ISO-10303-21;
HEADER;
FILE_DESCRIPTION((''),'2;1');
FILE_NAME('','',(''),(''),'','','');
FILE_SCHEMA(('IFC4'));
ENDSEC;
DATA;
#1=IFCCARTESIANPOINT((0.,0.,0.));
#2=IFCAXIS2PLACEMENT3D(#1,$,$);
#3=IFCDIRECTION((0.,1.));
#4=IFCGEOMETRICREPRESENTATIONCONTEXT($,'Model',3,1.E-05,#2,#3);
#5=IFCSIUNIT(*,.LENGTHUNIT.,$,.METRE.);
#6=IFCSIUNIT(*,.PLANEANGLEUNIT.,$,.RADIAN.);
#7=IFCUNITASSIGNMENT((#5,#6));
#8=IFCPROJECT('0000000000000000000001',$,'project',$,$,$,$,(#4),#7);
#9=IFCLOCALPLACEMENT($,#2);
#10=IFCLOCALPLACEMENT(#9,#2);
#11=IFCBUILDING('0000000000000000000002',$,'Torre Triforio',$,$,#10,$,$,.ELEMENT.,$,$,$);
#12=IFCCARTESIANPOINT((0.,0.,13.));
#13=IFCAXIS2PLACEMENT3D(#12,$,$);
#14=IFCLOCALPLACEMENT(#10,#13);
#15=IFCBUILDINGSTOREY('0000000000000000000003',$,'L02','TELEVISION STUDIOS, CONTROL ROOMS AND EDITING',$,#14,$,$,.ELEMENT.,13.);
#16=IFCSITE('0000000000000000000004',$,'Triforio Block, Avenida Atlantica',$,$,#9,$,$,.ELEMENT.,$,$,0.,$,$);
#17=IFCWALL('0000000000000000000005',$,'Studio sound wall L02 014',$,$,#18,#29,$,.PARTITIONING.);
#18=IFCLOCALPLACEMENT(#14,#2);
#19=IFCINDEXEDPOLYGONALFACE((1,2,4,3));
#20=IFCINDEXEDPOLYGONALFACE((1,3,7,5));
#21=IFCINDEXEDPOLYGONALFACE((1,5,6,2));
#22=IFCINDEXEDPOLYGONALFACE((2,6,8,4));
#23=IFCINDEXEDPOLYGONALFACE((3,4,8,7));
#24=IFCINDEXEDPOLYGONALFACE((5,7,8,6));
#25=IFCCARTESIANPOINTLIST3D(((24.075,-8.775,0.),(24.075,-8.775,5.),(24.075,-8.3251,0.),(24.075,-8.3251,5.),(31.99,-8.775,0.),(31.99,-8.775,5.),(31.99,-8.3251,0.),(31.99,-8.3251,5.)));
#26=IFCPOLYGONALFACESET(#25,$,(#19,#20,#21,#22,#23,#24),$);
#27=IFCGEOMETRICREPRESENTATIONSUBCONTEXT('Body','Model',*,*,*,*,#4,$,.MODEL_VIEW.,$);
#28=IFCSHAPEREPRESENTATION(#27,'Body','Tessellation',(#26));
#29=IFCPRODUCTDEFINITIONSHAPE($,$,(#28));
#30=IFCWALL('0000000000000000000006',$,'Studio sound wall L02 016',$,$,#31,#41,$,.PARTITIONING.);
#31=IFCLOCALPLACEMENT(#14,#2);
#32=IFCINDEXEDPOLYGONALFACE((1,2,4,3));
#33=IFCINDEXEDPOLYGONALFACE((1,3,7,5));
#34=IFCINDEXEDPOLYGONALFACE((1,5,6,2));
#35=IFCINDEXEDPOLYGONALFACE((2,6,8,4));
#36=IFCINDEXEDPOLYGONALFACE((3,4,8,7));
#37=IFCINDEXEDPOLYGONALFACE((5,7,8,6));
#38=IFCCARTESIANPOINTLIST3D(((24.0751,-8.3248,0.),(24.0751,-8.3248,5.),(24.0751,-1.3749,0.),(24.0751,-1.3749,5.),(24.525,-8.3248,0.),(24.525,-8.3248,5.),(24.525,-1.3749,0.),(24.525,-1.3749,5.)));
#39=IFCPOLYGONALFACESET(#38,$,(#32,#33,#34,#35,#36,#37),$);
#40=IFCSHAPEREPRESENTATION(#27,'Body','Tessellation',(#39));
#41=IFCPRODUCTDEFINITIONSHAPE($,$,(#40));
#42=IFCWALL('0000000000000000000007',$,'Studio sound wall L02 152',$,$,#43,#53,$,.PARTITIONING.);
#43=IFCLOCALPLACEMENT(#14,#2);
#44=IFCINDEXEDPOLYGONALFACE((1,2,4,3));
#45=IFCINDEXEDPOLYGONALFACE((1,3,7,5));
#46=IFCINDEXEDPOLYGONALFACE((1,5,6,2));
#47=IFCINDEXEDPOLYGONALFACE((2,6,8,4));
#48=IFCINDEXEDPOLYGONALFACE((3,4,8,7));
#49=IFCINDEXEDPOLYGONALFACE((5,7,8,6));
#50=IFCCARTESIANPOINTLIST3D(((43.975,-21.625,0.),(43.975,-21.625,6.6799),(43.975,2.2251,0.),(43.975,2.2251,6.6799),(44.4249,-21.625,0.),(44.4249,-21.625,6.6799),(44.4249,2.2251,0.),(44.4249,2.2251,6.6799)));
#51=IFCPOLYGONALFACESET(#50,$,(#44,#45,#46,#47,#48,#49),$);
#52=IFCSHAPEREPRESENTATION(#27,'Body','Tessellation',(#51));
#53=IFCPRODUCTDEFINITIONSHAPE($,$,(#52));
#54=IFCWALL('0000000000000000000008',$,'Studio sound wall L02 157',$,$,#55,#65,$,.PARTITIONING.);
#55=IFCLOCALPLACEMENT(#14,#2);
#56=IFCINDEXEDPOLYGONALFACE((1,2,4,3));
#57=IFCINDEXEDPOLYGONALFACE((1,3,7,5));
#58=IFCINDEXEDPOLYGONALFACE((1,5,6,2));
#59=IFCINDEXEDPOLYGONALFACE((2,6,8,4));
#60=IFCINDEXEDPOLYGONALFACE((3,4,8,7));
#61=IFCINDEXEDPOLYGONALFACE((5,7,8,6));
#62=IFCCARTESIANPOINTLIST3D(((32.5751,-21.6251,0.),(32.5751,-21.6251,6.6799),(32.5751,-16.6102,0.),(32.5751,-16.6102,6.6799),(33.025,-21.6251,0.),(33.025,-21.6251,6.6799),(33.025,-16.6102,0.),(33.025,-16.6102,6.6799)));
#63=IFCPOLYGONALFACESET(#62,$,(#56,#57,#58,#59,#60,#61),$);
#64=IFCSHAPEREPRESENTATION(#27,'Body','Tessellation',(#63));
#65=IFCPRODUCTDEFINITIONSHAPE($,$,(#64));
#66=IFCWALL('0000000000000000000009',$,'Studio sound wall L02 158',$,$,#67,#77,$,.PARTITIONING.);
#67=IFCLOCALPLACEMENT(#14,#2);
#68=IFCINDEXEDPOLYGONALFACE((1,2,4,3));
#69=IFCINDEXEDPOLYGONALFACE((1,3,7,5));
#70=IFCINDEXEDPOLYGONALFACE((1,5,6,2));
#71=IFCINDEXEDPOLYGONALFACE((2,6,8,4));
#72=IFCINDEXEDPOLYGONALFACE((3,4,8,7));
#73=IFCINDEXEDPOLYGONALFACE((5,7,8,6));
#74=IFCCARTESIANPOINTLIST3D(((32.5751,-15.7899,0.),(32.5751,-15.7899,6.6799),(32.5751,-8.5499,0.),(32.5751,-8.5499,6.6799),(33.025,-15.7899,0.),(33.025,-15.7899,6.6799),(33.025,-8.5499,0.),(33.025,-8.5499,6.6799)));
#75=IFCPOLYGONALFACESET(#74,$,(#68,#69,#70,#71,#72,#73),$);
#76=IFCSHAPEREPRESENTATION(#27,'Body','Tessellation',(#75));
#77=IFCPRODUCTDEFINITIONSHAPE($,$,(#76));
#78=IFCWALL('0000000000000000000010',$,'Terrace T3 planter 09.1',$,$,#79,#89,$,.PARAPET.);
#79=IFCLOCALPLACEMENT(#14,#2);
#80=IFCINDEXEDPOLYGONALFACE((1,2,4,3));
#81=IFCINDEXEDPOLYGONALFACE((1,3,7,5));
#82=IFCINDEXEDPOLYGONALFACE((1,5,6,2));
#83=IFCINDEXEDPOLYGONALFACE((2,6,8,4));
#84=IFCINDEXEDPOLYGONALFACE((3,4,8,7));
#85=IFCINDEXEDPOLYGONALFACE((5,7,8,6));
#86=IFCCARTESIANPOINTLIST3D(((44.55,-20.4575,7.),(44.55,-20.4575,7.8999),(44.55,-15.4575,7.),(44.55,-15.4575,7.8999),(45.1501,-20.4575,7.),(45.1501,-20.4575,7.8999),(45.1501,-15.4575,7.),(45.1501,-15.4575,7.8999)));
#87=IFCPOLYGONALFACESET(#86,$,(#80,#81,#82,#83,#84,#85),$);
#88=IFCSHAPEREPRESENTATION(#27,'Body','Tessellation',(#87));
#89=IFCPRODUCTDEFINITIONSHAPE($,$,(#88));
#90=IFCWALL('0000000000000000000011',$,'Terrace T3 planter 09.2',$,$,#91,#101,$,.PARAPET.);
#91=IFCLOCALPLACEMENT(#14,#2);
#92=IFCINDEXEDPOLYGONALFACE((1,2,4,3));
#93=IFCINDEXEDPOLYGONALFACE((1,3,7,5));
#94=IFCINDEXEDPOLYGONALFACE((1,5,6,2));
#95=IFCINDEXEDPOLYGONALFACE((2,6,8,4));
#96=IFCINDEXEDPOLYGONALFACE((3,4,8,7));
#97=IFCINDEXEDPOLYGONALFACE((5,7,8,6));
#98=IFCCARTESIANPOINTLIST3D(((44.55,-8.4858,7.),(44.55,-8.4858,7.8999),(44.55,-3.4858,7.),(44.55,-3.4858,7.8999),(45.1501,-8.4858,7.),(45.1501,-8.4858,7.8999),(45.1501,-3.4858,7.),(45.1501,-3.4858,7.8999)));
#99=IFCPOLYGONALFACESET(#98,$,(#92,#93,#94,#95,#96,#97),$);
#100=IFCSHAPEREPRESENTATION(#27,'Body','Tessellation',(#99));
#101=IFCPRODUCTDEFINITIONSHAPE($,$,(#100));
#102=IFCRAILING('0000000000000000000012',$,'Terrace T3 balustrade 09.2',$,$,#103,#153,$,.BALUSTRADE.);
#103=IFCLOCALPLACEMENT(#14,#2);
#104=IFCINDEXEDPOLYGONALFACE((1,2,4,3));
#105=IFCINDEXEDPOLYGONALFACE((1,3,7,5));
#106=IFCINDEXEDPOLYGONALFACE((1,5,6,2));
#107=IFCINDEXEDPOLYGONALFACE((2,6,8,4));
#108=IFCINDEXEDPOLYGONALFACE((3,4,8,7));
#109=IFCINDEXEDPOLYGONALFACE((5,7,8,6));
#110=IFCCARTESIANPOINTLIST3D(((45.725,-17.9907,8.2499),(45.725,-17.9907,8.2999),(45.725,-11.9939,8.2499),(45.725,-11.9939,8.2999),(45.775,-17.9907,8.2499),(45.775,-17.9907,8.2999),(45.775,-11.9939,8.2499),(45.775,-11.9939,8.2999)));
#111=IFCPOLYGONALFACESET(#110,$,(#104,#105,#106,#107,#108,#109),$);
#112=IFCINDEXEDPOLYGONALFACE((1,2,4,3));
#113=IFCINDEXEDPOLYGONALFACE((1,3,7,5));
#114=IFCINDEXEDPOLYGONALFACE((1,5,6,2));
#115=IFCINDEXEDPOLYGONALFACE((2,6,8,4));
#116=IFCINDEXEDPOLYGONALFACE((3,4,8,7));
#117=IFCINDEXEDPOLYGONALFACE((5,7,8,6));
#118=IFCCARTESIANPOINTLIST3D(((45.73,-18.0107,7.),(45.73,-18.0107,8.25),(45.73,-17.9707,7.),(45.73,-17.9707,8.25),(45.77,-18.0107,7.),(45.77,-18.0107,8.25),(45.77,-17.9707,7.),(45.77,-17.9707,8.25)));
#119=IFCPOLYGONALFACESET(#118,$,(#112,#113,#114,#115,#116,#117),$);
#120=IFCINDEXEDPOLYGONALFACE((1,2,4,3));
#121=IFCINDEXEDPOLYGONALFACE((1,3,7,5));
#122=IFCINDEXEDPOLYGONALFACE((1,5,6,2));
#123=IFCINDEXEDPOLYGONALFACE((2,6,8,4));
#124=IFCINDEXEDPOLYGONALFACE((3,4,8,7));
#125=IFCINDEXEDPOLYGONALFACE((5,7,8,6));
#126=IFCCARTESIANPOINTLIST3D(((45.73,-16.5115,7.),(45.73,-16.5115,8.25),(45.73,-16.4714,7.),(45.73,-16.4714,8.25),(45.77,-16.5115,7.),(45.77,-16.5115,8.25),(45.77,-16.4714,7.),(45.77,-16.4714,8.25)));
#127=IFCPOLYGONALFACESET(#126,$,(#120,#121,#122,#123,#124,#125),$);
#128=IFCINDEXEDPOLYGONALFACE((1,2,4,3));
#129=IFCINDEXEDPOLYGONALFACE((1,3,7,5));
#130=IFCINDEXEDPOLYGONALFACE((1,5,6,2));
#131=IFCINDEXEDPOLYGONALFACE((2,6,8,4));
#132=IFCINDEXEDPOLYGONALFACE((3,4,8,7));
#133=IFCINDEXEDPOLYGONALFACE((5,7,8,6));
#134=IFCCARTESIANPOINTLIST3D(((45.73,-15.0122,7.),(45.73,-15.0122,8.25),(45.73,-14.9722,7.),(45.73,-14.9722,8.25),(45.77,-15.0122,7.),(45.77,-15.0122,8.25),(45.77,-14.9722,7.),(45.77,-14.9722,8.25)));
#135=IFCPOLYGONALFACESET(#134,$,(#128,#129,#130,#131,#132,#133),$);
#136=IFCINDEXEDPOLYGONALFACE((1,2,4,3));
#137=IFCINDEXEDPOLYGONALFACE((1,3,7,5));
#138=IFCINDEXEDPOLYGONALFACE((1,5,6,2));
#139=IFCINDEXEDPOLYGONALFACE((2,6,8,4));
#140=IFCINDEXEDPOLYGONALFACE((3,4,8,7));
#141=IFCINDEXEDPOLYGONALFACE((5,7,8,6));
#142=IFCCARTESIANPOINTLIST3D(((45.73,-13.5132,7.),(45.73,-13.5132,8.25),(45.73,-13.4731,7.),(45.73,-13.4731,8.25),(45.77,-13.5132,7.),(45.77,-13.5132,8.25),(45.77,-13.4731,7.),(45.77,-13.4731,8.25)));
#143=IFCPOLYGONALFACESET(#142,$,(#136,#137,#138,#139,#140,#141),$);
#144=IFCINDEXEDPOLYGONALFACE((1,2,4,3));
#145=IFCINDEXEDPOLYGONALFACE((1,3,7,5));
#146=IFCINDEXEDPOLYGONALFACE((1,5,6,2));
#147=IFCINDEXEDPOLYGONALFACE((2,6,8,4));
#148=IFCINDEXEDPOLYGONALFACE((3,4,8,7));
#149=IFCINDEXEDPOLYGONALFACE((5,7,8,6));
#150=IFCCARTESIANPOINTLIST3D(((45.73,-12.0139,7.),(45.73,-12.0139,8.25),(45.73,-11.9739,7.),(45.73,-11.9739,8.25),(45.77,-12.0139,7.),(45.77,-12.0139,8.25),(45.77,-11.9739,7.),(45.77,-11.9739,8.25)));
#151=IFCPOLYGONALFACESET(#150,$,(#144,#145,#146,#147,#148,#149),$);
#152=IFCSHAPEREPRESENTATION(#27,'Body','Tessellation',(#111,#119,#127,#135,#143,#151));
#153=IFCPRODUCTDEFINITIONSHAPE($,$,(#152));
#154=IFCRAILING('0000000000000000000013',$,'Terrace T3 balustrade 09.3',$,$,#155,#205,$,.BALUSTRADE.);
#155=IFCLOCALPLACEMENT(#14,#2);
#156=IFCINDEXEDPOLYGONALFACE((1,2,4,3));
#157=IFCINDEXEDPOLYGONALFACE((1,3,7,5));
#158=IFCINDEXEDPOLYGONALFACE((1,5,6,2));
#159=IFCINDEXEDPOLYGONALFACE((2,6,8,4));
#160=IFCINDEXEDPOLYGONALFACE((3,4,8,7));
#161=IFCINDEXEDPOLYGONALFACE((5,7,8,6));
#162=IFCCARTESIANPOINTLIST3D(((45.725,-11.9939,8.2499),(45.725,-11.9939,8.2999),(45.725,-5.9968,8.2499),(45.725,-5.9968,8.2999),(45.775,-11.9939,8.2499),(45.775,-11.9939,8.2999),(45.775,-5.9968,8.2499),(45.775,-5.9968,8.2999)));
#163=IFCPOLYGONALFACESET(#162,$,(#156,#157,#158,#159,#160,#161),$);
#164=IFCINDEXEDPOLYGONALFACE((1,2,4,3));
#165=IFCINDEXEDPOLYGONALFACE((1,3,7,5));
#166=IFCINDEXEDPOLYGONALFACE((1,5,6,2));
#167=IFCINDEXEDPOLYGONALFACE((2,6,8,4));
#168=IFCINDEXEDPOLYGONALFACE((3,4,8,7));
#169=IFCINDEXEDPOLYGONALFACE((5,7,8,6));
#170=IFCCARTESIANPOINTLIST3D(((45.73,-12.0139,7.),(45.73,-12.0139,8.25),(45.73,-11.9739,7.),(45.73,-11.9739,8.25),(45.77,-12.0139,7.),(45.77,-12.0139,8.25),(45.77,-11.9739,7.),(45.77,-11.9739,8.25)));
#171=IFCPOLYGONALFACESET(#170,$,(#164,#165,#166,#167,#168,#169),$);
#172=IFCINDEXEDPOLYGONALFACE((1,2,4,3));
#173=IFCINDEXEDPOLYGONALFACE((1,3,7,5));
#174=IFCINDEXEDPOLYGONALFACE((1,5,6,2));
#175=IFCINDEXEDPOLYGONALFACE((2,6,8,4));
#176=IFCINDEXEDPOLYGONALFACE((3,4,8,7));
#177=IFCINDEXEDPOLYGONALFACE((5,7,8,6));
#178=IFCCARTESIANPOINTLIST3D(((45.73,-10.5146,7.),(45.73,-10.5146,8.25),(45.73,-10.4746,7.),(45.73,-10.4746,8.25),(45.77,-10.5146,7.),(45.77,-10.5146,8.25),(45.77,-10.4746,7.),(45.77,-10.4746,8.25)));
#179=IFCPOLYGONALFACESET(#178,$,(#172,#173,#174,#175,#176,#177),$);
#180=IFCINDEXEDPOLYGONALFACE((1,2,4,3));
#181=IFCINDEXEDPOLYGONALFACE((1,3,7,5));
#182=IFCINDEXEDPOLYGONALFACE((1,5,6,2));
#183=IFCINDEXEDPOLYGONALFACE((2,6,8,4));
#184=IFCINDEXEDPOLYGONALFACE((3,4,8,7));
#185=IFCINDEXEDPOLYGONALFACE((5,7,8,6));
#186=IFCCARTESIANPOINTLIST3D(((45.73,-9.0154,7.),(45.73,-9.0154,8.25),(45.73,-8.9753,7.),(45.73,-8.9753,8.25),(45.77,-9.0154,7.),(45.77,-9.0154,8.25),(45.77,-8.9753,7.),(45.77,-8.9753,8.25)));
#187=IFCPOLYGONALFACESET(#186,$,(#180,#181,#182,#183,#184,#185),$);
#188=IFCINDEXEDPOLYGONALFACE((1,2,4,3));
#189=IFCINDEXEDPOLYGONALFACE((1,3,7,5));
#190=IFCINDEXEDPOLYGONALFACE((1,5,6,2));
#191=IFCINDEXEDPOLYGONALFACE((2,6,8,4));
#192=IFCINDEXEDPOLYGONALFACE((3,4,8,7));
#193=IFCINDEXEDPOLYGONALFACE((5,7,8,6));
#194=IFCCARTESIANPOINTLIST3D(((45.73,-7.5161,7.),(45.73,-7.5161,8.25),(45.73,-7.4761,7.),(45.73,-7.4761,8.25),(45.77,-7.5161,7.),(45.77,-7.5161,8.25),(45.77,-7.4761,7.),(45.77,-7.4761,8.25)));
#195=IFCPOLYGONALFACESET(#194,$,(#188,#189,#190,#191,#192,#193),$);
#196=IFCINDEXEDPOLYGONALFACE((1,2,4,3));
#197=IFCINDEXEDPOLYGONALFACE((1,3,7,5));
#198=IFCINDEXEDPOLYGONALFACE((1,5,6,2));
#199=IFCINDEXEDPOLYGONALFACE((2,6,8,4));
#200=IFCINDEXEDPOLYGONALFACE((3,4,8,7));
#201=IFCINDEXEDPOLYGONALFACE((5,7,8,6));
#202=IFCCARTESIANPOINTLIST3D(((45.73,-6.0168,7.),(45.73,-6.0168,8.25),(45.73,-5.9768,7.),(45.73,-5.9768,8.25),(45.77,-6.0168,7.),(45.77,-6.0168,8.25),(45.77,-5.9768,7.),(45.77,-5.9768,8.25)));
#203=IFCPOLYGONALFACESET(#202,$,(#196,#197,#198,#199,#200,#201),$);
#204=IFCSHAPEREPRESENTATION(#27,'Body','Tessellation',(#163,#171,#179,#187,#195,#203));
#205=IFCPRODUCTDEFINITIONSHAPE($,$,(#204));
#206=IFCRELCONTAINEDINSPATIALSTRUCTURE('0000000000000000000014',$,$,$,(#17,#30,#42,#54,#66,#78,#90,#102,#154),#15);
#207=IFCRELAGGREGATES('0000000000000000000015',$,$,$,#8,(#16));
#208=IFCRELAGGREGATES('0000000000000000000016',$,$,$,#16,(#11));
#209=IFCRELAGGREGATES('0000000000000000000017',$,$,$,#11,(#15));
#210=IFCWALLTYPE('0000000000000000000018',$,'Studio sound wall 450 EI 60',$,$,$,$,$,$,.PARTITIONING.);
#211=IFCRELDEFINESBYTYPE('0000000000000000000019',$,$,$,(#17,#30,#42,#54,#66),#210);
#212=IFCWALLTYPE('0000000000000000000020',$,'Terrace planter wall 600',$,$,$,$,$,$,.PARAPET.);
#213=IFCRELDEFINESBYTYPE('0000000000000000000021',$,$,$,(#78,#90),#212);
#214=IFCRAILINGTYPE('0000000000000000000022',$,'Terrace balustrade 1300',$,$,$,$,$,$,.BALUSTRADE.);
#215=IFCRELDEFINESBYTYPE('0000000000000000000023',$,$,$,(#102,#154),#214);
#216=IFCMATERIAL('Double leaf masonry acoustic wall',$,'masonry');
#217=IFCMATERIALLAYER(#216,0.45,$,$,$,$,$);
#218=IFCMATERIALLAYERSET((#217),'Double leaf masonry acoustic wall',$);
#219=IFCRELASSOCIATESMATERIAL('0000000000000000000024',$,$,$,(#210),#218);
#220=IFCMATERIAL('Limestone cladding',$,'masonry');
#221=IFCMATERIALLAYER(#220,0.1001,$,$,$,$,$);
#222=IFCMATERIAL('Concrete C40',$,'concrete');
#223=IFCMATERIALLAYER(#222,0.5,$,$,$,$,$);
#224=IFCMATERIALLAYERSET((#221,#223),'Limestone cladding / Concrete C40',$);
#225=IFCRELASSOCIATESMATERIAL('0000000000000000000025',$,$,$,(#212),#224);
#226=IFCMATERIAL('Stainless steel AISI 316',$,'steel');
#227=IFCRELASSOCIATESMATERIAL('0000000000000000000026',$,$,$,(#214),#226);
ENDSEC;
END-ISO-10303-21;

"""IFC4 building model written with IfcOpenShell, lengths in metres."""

from ifc_helpers import new_model, si_unit, direction, frame, frame_2d, origin, origin_2d, place, context, subcontext, project, spatial, rectangle, extrude, material, layer, layer_set, type_object, element, save


model = new_model("IFC4")

# Units and contexts
model_context = context("Model", 3, precision=1e-05, world=origin(), true_north=direction((0.0, 1.0)))
body_context = subcontext(model_context, "Body", "Model", "MODEL_VIEW")
ifc_project = project(units=[si_unit("LENGTHUNIT", "METRE"), si_unit("PLANEANGLEUNIT", "RADIAN")], contexts=[model_context])

# Site, building, storey
site_placement = place(None, origin())
site = spatial("IfcSite", under=ifc_project, at=site_placement, Name="Triforio Block, Avenida Atlantica", CompositionType="ELEMENT", RefElevation=0.0)
building_placement = place(site_placement, origin())
building = spatial("IfcBuilding", under=site, at=building_placement, Name="Torre Triforio", CompositionType="ELEMENT")
storey_placement = place(building_placement, frame((0.0, 0.0, 13.0)))
storey = spatial("IfcBuildingStorey", under=building, at=storey_placement, Name="L02", Description="TELEVISION STUDIOS, CONTROL ROOMS AND EDITING", CompositionType="ELEMENT", Elevation=13.0)

# Shared definitions
ifc_material_1 = material(Name="Limestone cladding", Category="masonry")
ifc_material_2 = material(Name="Concrete C40", Category="concrete")

# Walls
ifc_material_3 = material(Name="Double leaf masonry acoustic wall", Category="masonry")
ifc_layer_1 = layer(ifc_material_3, 0.45)
ifc_layer_set_1 = layer_set([ifc_layer_1], Name="Double leaf masonry acoustic wall")
wall_type_1 = type_object("IfcWallType", Name="Studio sound wall 450 EI 60", PredefinedType="PARTITIONING", material=ifc_layer_set_1)
wall_1_placement = place(storey_placement, frame((24.075, -8.55, 0.0), z_axis=(0.0, 0.0, 1.0), x_axis=(1.0, 0.0, 0.0)))
element("IfcWall", 1, at=wall_1_placement, inside=storey, type_object=wall_type_1, Name="Studio sound wall L02 014", PredefinedType="PARTITIONING", context=body_context, shape_type="SweptSolid", body=[
    extrude(rectangle(XDim=7.915, YDim=0.45, at=frame_2d((3.9575, 0.0))), origin(), (0.0, 0.0, 1.0), 5.0),
])
wall_2_placement = place(storey_placement, frame((24.3, -8.325, 0.0), z_axis=(0.0, 0.0, 1.0), x_axis=(0.0, 1.0, 0.0)))
element("IfcWall", 2, at=wall_2_placement, inside=storey, type_object=wall_type_1, Name="Studio sound wall L02 016", PredefinedType="PARTITIONING", context=body_context, shape_type="SweptSolid", body=[
    extrude(rectangle(XDim=6.95, YDim=0.45, at=frame_2d((3.4751, 0.0))), origin(), (0.0, 0.0, 1.0), 5.0),
])
wall_3_placement = place(storey_placement, frame((44.2, -21.625, 0.0), z_axis=(0.0, 0.0, 1.0), x_axis=(0.0, 1.0, 0.0)))
element("IfcWall", 3, at=wall_3_placement, inside=storey, type_object=wall_type_1, Name="Studio sound wall L02 152", PredefinedType="PARTITIONING", context=body_context, shape_type="SweptSolid", body=[
    extrude(rectangle(XDim=23.8501, YDim=0.45, at=frame_2d((11.925, 0.0))), origin(), (0.0, 0.0, 1.0), 6.6799),
])
wall_4_placement = place(storey_placement, frame((32.8, -21.625, 0.0), z_axis=(0.0, 0.0, 1.0), x_axis=(0.0, 1.0, 0.0)))
element("IfcWall", 4, at=wall_4_placement, inside=storey, type_object=wall_type_1, Name="Studio sound wall L02 157", PredefinedType="PARTITIONING", context=body_context, shape_type="SweptSolid", body=[
    extrude(rectangle(XDim=5.0149, YDim=0.45, at=frame_2d((2.5073, 0.0))), origin(), (0.0, 0.0, 1.0), 6.6799),
])
wall_5_placement = place(storey_placement, frame((32.8, -15.79, 0.0), z_axis=(0.0, 0.0, 1.0), x_axis=(0.0, 1.0, 0.0)))
element("IfcWall", 5, at=wall_5_placement, inside=storey, type_object=wall_type_1, Name="Studio sound wall L02 158", PredefinedType="PARTITIONING", context=body_context, shape_type="SweptSolid", body=[
    extrude(rectangle(XDim=7.24, YDim=0.45, at=frame_2d((3.6201, 0.0))), origin(), (0.0, 0.0, 1.0), 6.6799),
])
ifc_layer_2 = layer(ifc_material_1, 0.1001)
ifc_layer_3 = layer(ifc_material_2, 0.5)
ifc_layer_set_2 = layer_set([ifc_layer_2, ifc_layer_3], Name="Limestone cladding / Concrete C40")
wall_type_2 = type_object("IfcWallType", Name="Terrace planter wall 600", PredefinedType="PARAPET", material=ifc_layer_set_2)
for number, where, z_axis, x_axis, name in (
    (6, (44.8501, -20.4575, 7.0), (0.0, 0.0, 1.0), (0.0, 1.0, 0.0), "Terrace T3 planter 09.1"),
    (7, (44.8501, -8.4858, 7.0), (0.0, 0.0, 1.0), (0.0, 1.0, 0.0), "Terrace T3 planter 09.2"),
):
    element("IfcWall", number, at=place(storey_placement, frame(where, z_axis=z_axis, x_axis=x_axis)), inside=storey, type_object=wall_type_2, Name=name, PredefinedType="PARAPET", context=body_context, shape_type="SweptSolid", body=[
        extrude(rectangle(XDim=5.0, YDim=0.6001, at=frame_2d((2.5, 0.0))), origin(), (0.0, 0.0, 1.0), 0.8999),
    ])

# Railings
ifc_material_4 = material(Name="Stainless steel AISI 316", Category="steel")
railing_type = type_object("IfcRailingType", Name="Terrace balustrade 1300", PredefinedType="BALUSTRADE", material=ifc_material_4)
railing_1_placement = place(storey_placement, frame((45.75, -17.9907, 7.0)))
element("IfcRailing", 8, at=railing_1_placement, inside=storey, type_object=railing_type, Name="Terrace T3 balustrade 09.2", PredefinedType="BALUSTRADE", context=body_context, shape_type="SweptSolid", body=[
    extrude(rectangle(XDim=0.05, YDim=0.05, at=origin_2d()), frame((0.0, 0.0, 1.2749), z_axis=(0.0, 1.0, 0.0), x_axis=(-1.0, 0.0, 0.0)), (0.0, 0.0, 1.0), 5.9968),
    extrude(rectangle(XDim=0.04, YDim=0.04, at=origin_2d()), origin(), (0.0, 0.0, 1.0), 1.25),
    extrude(rectangle(XDim=0.04, YDim=0.04, at=origin_2d()), frame((0.0, 1.4993, 0.0)), (0.0, 0.0, 1.0), 1.25),
    extrude(rectangle(XDim=0.04, YDim=0.04, at=origin_2d()), frame((0.0, 2.9985, 0.0)), (0.0, 0.0, 1.0), 1.25),
    extrude(rectangle(XDim=0.04, YDim=0.04, at=origin_2d()), frame((0.0, 4.4976, 0.0)), (0.0, 0.0, 1.0), 1.25),
    extrude(rectangle(XDim=0.04, YDim=0.04, at=origin_2d()), frame((0.0, 5.9968, 0.0)), (0.0, 0.0, 1.0), 1.25),
])
railing_2_placement = place(storey_placement, frame((45.75, -11.9939, 7.0)))
element("IfcRailing", 9, at=railing_2_placement, inside=storey, type_object=railing_type, Name="Terrace T3 balustrade 09.3", PredefinedType="BALUSTRADE", context=body_context, shape_type="SweptSolid", body=[
    extrude(rectangle(XDim=0.05, YDim=0.05, at=origin_2d()), frame((0.0, 0.0, 1.2749), z_axis=(0.0, 1.0, 0.0), x_axis=(-1.0, 0.0, 0.0)), (0.0, 0.0, 1.0), 5.9971),
    extrude(rectangle(XDim=0.04, YDim=0.04, at=origin_2d()), origin(), (0.0, 0.0, 1.0), 1.25),
    extrude(rectangle(XDim=0.04, YDim=0.04, at=origin_2d()), frame((0.0, 1.4993, 0.0)), (0.0, 0.0, 1.0), 1.25),
    extrude(rectangle(XDim=0.04, YDim=0.04, at=origin_2d()), frame((0.0, 2.9985, 0.0)), (0.0, 0.0, 1.0), 1.25),
    extrude(rectangle(XDim=0.04, YDim=0.04, at=origin_2d()), frame((0.0, 4.4978, 0.0)), (0.0, 0.0, 1.0), 1.25),
    extrude(rectangle(XDim=0.04, YDim=0.04, at=origin_2d()), frame((0.0, 5.9971, 0.0)), (0.0, 0.0, 1.0), 1.25),
])

save(model, "model.ifc")
